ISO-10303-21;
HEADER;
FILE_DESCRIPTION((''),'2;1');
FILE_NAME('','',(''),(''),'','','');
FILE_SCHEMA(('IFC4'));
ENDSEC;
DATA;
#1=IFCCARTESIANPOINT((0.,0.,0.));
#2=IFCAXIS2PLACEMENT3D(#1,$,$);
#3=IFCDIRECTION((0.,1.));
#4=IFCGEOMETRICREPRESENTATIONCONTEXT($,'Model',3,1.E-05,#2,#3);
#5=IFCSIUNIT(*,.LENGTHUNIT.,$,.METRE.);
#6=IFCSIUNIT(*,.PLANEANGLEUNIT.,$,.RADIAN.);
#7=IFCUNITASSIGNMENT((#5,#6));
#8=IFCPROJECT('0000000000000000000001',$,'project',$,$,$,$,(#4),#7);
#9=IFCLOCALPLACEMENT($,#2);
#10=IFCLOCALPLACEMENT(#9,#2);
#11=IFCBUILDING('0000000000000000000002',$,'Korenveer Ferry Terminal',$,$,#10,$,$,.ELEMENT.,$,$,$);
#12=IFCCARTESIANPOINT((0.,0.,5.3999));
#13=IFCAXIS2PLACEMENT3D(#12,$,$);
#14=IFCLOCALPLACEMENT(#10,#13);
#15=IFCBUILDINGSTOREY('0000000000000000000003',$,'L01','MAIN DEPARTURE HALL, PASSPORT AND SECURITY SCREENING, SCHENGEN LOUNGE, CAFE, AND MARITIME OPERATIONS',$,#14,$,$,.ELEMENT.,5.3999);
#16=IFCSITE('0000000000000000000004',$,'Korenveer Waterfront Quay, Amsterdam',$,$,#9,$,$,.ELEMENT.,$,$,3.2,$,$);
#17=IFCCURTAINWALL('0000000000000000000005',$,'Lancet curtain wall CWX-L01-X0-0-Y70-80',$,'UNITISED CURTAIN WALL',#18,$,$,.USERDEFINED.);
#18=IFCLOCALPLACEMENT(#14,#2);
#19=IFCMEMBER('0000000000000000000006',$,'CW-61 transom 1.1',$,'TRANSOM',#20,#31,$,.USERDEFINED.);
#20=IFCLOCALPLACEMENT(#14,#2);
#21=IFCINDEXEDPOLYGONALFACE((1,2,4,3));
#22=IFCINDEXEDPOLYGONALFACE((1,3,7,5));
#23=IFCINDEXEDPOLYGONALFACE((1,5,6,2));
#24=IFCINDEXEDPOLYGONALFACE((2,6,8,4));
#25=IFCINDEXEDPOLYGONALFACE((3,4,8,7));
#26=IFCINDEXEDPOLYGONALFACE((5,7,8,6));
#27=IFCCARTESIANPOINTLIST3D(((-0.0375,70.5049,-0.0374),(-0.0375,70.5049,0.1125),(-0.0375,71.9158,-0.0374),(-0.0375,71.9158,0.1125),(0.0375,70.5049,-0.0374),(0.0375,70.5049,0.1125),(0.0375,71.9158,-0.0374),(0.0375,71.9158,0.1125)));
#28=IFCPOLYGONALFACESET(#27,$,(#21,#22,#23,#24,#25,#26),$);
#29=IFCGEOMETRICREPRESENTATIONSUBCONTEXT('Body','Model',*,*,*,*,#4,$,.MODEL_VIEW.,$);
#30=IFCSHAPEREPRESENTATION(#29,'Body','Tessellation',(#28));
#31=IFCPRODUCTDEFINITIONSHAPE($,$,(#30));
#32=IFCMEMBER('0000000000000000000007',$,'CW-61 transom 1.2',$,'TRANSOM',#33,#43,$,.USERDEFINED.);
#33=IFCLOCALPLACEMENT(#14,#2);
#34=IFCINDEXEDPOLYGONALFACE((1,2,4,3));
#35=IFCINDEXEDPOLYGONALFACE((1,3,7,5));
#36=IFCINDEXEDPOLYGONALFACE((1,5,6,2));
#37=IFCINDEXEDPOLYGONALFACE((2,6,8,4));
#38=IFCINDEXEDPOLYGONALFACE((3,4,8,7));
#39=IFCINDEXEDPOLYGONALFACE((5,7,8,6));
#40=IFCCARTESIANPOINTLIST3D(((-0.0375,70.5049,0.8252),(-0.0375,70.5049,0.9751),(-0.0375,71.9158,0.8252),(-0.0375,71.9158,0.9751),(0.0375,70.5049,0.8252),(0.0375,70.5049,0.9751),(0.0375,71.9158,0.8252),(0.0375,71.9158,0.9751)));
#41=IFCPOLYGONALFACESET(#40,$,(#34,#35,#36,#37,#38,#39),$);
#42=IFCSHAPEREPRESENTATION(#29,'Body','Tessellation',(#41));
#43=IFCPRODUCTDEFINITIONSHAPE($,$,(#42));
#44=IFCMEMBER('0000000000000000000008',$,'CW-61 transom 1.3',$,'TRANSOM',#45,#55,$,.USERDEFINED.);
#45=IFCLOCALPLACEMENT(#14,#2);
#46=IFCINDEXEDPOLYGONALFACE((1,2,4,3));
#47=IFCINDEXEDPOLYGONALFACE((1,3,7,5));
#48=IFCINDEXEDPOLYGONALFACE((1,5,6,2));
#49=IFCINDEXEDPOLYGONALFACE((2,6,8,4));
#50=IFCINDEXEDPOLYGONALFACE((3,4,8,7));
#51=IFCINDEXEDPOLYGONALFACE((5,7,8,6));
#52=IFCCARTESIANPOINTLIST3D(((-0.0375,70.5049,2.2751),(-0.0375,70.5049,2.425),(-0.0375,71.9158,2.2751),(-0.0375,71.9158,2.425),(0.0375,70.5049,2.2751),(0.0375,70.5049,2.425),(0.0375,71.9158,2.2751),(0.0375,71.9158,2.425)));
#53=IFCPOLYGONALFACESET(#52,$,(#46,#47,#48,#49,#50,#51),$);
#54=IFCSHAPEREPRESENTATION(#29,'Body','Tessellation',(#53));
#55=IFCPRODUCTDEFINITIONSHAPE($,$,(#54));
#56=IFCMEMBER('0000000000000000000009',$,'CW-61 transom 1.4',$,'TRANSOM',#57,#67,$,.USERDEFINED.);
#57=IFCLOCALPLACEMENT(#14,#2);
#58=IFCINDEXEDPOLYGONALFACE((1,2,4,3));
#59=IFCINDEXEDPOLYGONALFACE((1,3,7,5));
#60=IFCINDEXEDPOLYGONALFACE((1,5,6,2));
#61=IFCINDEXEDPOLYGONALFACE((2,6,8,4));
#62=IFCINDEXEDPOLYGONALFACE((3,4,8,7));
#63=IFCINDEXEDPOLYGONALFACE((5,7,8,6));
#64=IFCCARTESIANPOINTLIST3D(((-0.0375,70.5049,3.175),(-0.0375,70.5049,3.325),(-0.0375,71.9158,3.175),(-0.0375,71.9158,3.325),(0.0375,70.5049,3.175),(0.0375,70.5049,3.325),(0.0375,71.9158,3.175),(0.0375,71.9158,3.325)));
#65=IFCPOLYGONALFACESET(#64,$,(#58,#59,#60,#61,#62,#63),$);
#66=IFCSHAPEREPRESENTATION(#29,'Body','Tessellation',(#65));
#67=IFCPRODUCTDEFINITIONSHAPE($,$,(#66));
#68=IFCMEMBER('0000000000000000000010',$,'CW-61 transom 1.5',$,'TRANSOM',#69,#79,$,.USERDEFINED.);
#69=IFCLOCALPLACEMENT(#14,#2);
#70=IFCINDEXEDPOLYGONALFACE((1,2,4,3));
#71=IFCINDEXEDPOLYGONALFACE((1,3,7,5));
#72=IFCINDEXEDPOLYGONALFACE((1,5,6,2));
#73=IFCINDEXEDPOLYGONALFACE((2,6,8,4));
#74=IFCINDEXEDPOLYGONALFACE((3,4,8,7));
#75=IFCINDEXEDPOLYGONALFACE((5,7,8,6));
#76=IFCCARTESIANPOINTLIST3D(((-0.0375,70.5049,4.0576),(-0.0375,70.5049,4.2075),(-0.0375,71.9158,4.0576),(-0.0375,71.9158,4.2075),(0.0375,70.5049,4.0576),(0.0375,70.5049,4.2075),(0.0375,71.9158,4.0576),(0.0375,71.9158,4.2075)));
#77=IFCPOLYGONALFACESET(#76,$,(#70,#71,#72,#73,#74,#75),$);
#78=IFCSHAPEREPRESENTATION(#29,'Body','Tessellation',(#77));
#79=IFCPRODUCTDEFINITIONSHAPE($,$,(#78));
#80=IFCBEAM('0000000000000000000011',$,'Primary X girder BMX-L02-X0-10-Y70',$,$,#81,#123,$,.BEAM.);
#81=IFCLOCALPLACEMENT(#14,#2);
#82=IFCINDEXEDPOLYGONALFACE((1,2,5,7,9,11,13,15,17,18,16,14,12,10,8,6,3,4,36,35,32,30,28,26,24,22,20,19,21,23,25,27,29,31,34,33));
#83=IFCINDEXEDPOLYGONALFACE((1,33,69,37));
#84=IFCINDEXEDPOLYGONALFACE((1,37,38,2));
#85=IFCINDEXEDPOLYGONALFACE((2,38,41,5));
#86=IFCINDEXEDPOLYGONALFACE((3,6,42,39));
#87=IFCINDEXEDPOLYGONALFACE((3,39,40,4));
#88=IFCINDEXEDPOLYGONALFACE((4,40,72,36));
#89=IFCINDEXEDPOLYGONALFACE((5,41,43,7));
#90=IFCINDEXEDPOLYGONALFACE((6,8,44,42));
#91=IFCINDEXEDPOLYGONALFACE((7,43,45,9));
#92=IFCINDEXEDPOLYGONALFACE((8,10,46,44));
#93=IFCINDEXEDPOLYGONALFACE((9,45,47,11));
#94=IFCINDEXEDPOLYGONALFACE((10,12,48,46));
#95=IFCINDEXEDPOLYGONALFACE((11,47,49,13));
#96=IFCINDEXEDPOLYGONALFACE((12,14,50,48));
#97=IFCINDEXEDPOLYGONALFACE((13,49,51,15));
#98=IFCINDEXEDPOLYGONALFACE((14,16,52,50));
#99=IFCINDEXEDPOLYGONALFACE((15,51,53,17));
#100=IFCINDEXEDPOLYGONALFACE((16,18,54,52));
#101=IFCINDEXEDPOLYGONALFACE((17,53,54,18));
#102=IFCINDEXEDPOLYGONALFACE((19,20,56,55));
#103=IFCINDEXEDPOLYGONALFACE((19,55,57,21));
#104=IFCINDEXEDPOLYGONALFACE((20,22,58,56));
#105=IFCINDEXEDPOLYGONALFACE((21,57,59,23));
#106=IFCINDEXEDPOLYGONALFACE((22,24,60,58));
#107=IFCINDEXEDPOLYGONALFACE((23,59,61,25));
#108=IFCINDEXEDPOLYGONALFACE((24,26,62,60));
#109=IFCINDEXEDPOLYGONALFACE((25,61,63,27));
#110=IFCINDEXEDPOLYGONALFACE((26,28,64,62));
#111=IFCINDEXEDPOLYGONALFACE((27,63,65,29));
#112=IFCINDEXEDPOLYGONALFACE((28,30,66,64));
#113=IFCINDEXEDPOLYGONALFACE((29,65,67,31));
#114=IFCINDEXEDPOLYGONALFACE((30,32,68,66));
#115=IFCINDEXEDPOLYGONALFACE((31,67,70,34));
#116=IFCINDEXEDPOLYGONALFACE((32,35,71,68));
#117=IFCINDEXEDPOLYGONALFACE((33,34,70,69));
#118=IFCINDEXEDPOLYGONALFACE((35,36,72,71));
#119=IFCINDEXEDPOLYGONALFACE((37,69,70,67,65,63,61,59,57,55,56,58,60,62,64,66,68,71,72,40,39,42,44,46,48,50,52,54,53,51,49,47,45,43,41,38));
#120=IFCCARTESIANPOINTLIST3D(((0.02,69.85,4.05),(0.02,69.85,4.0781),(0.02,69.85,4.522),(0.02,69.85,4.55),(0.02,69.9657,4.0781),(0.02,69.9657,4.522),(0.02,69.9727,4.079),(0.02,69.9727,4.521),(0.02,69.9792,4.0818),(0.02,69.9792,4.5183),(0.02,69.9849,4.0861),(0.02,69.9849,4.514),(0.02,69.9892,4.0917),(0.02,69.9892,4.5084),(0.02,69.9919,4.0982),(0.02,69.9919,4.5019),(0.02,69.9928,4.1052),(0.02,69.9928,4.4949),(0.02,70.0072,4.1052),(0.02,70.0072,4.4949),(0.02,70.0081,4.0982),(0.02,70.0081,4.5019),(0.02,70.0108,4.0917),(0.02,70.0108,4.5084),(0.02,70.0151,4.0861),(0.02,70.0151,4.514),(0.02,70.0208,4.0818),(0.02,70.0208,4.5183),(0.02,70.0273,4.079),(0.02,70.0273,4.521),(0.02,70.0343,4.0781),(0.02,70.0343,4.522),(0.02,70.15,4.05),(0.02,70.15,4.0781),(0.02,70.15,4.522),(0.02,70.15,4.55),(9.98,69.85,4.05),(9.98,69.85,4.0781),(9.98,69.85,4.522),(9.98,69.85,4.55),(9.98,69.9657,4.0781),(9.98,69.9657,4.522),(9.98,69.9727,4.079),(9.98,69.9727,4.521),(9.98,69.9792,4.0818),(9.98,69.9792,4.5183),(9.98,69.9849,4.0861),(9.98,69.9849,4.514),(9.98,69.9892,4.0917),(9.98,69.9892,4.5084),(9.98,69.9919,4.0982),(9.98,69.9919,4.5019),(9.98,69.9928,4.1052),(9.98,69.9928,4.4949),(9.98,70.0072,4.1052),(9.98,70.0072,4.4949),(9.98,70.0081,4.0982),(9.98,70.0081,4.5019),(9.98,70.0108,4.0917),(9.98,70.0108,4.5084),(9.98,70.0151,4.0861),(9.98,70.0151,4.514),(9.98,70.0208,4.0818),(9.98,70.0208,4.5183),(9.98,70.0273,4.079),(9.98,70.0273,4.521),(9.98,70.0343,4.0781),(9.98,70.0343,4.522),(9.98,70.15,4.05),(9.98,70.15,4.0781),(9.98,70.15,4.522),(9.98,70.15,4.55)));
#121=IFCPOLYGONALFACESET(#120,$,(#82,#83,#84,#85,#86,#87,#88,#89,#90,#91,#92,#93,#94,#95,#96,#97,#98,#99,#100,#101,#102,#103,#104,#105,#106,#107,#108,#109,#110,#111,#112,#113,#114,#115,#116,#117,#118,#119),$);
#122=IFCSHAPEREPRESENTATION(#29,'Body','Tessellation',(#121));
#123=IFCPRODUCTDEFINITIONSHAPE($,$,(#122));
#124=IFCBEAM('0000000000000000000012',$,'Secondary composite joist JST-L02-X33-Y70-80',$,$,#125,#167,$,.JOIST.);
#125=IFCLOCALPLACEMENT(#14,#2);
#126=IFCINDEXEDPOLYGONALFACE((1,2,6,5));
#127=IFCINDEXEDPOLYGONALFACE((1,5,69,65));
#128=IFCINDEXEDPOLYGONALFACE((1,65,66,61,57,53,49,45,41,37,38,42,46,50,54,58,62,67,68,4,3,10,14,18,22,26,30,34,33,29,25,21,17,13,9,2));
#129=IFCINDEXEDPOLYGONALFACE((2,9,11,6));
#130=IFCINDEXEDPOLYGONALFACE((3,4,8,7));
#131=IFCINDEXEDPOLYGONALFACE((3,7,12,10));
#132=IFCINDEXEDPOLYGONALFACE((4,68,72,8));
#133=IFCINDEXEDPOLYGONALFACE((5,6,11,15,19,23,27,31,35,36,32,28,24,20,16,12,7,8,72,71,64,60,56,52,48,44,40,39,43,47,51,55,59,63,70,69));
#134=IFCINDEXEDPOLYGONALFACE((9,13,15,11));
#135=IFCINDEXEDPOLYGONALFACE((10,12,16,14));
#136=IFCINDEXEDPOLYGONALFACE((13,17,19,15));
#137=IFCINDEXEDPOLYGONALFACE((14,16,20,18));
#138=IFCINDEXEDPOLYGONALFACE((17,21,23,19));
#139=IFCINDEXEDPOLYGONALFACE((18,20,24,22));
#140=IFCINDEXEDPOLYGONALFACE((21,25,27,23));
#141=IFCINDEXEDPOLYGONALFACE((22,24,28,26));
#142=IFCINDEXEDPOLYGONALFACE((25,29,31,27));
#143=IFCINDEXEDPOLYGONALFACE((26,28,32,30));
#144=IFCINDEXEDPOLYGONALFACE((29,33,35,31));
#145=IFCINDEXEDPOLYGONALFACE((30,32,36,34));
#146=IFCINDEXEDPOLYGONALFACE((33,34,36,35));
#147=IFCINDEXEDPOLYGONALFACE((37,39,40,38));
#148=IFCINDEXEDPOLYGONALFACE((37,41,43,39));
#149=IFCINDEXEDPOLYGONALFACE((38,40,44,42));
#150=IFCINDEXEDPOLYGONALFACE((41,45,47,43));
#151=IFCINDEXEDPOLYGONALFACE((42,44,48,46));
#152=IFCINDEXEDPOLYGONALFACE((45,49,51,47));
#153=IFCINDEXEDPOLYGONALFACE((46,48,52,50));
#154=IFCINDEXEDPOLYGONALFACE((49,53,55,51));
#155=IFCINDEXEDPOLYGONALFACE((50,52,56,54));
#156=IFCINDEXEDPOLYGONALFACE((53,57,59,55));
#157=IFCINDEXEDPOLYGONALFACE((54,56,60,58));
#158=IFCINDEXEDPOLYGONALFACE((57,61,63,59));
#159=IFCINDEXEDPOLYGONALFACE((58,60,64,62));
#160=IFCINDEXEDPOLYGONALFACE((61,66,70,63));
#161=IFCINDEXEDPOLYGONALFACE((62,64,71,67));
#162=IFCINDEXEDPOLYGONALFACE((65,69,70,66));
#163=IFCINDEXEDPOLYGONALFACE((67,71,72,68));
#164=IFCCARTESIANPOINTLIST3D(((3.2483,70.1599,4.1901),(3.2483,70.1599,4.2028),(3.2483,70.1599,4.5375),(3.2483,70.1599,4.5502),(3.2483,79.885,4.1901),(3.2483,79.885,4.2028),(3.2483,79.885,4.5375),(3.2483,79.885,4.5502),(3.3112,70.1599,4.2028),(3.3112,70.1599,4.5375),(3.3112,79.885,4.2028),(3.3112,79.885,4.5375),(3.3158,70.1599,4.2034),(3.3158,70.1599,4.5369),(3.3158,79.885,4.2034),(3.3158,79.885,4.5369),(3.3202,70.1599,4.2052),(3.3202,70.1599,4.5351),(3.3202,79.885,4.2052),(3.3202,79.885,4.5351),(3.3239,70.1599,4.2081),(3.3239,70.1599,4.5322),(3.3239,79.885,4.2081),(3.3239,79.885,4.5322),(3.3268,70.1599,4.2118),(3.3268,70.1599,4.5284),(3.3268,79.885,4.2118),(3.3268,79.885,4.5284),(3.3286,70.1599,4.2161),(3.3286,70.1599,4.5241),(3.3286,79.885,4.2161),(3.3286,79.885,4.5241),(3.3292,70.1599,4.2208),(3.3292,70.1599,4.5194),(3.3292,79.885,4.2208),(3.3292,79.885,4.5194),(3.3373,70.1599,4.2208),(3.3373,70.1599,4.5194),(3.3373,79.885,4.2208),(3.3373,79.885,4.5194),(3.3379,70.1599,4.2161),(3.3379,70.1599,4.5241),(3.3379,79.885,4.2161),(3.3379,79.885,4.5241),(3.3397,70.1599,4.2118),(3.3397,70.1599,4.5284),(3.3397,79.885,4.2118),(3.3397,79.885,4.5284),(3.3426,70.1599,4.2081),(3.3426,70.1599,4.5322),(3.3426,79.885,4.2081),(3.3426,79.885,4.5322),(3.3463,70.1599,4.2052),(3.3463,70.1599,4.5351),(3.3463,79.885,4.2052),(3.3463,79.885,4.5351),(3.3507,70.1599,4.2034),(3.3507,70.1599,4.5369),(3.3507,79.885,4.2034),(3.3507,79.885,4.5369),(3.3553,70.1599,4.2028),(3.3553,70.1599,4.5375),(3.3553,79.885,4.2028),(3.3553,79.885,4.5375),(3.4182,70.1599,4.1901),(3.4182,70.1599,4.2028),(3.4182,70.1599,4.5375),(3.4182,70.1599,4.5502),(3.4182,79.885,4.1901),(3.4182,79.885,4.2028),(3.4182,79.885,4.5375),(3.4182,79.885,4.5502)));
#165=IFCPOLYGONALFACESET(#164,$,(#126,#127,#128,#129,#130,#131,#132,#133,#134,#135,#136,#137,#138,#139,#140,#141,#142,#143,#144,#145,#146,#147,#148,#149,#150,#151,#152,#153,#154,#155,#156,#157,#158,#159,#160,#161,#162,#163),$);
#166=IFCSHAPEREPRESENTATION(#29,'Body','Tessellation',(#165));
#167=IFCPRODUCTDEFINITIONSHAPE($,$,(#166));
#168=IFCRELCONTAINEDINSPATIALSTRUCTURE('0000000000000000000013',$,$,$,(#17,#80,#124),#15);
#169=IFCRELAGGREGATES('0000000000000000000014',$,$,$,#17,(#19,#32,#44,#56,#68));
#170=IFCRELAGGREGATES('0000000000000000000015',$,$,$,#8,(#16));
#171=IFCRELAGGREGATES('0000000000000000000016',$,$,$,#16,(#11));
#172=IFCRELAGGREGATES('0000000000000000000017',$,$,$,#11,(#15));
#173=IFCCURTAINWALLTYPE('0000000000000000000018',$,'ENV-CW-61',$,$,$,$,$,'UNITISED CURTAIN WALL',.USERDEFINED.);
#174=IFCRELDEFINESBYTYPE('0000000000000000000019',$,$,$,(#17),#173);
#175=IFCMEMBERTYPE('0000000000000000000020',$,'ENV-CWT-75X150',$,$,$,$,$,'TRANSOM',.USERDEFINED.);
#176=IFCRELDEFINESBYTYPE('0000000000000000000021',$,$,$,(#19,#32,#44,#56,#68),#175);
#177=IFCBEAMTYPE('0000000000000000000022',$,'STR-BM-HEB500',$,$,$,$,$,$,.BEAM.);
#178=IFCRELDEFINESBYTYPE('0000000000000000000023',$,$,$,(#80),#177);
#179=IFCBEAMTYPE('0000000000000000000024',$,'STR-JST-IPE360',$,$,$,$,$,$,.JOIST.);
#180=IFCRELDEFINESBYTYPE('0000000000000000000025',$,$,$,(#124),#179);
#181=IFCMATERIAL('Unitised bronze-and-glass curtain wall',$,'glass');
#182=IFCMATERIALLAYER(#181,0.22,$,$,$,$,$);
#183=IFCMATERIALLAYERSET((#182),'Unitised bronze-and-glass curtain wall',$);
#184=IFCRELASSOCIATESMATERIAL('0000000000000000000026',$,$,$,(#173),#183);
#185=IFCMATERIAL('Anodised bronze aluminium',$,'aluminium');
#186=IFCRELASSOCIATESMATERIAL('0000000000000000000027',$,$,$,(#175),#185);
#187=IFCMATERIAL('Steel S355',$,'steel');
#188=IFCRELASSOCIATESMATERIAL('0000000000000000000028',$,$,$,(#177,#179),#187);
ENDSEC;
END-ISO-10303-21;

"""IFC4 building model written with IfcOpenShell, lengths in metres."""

from ifc_helpers import new_model, si_unit, direction, frame, origin, origin_2d, place, context, subcontext, project, spatial, rectangle, i_section, extrude, material, layer, layer_set, material_profile, profile_set, type_object, element, aggregate, save


model = new_model("IFC4")

# Units and contexts
model_context = context("Model", 3, precision=1e-05, world=origin(), true_north=direction((0.0, 1.0)))
body_context = subcontext(model_context, "Body", "Model", "MODEL_VIEW")
ifc_project = project(units=[si_unit("LENGTHUNIT", "METRE"), si_unit("PLANEANGLEUNIT", "RADIAN")], contexts=[model_context])

# Site, building, storey
site_placement = place(None, origin())
site = spatial("IfcSite", under=ifc_project, at=site_placement, Name="Korenveer Waterfront Quay, Amsterdam", CompositionType="ELEMENT", RefElevation=3.2)
building_placement = place(site_placement, origin())
building = spatial("IfcBuilding", under=site, at=building_placement, Name="Korenveer Ferry Terminal", CompositionType="ELEMENT")
storey_placement = place(building_placement, frame((0.0, 0.0, 5.3999)))
storey = spatial("IfcBuildingStorey", under=building, at=storey_placement, Name="L01", Description="MAIN DEPARTURE HALL, PASSPORT AND SECURITY SCREENING, SCHENGEN LOUNGE, CAFE, AND MARITIME OPERATIONS", CompositionType="ELEMENT", Elevation=5.3999)

# Shared definitions
ifc_material_1 = material(Name="Steel S355", Category="steel")

# Curtain wall
ifc_material_2 = material(Name="Unitised bronze-and-glass curtain wall", Category="glass")
ifc_material_3 = material(Name="Anodised bronze aluminium", Category="aluminium")
ifc_layer_1 = layer(ifc_material_2, 0.22)
ifc_layer_set_1 = layer_set([ifc_layer_1], Name="Unitised bronze-and-glass curtain wall")
curtain_wall_type_1 = type_object("IfcCurtainWallType", Name="ENV-CW-61", ElementType="UNITISED CURTAIN WALL", PredefinedType="USERDEFINED", material=ifc_layer_set_1)
curtain_wall_1_placement = place(storey_placement, frame((0.0, 70.4299, 0.0)))
curtain_wall_1 = element("IfcCurtainWall", 1, at=curtain_wall_1_placement, inside=storey, type_object=curtain_wall_type_1, Name="Lancet curtain wall CWX-L01-X0-0-Y70-80", ObjectType="UNITISED CURTAIN WALL", PredefinedType="USERDEFINED")

# Members
ifc_material_profile_1 = material_profile(ifc_material_3, rectangle(XDim=0.075, YDim=0.1499, at=origin_2d()), Name="ALU 75x150")
ifc_profile_set_1 = profile_set([ifc_material_profile_1], Name="Anodised bronze aluminium")
member_type_1 = type_object("IfcMemberType", Name="ENV-CWT-75X150", ElementType="TRANSOM", PredefinedType="USERDEFINED", material=ifc_profile_set_1)
member_1_placement = place(storey_placement, frame((0.0, 70.5049, 0.0376), z_axis=(0.0, 1.0, 0.0), x_axis=(-1.0, 0.0, 0.0)))
member_1 = element("IfcMember", 2, at=member_1_placement, type_object=member_type_1, Name="CW-61 transom 1.1", ObjectType="TRANSOM", PredefinedType="USERDEFINED", context=body_context, shape_type="SweptSolid", body=[
    extrude(rectangle(XDim=0.075, YDim=0.1499, at=origin_2d()), origin(), (0.0, 0.0, 1.0), 1.4109),
])
member_2_placement = place(storey_placement, frame((0.0, 70.5049, 0.9001), z_axis=(0.0, 1.0, 0.0), x_axis=(-1.0, 0.0, 0.0)))
member_2 = element("IfcMember", 3, at=member_2_placement, type_object=member_type_1, Name="CW-61 transom 1.2", ObjectType="TRANSOM", PredefinedType="USERDEFINED", context=body_context, shape_type="SweptSolid", body=[
    extrude(rectangle(XDim=0.075, YDim=0.1499, at=origin_2d()), origin(), (0.0, 0.0, 1.0), 1.4109),
])
member_3_placement = place(storey_placement, frame((0.0, 70.5049, 2.3501), z_axis=(0.0, 1.0, 0.0), x_axis=(-1.0, 0.0, 0.0)))
member_3 = element("IfcMember", 4, at=member_3_placement, type_object=member_type_1, Name="CW-61 transom 1.3", ObjectType="TRANSOM", PredefinedType="USERDEFINED", context=body_context, shape_type="SweptSolid", body=[
    extrude(rectangle(XDim=0.075, YDim=0.1499, at=origin_2d()), origin(), (0.0, 0.0, 1.0), 1.4109),
])
member_4_placement = place(storey_placement, frame((0.0, 70.5049, 3.25), z_axis=(0.0, 1.0, 0.0), x_axis=(-1.0, 0.0, 0.0)))
member_4 = element("IfcMember", 5, at=member_4_placement, type_object=member_type_1, Name="CW-61 transom 1.4", ObjectType="TRANSOM", PredefinedType="USERDEFINED", context=body_context, shape_type="SweptSolid", body=[
    extrude(rectangle(XDim=0.075, YDim=0.1499, at=origin_2d()), origin(), (0.0, 0.0, 1.0), 1.4109),
])
member_5_placement = place(storey_placement, frame((0.0, 70.5049, 4.1326), z_axis=(0.0, 1.0, 0.0), x_axis=(-1.0, 0.0, 0.0)))
member_5 = element("IfcMember", 6, at=member_5_placement, type_object=member_type_1, Name="CW-61 transom 1.5", ObjectType="TRANSOM", PredefinedType="USERDEFINED", context=body_context, shape_type="SweptSolid", body=[
    extrude(rectangle(XDim=0.075, YDim=0.1499, at=origin_2d()), origin(), (0.0, 0.0, 1.0), 1.4109),
])

# Beams
ifc_material_profile_2 = material_profile(ifc_material_1, i_section(OverallWidth=0.3, OverallDepth=0.5, WebThickness=0.0144, FlangeThickness=0.0281, FilletRadius=0.0271, at=origin_2d()), Name="HEB 500")
ifc_profile_set_2 = profile_set([ifc_material_profile_2], Name="Steel S355")
beam_type_1 = type_object("IfcBeamType", Name="STR-BM-HEB500", PredefinedType="BEAM", material=ifc_profile_set_2)
beam_1_placement = place(storey_placement, frame((0.02, 70.0, 4.3), z_axis=(1.0, 0.0, 0.0), x_axis=(0.0, 1.0, 0.0)))
element("IfcBeam", 7, at=beam_1_placement, inside=storey, type_object=beam_type_1, Name="Primary X girder BMX-L02-X0-10-Y70", PredefinedType="BEAM", context=body_context, shape_type="SweptSolid", body=[
    extrude(i_section(OverallWidth=0.3, OverallDepth=0.5, WebThickness=0.0144, FlangeThickness=0.0281, FilletRadius=0.0271, at=origin_2d()), origin(), (0.0, 0.0, 1.0), 9.96),
])
ifc_material_profile_3 = material_profile(ifc_material_1, i_section(OverallWidth=0.1699, OverallDepth=0.3601, WebThickness=0.0081, FlangeThickness=0.0127, FilletRadius=0.0181, at=origin_2d()), Name="IPE 360")
ifc_profile_set_3 = profile_set([ifc_material_profile_3], Name="Steel S355")
beam_type_2 = type_object("IfcBeamType", Name="STR-JST-IPE360", PredefinedType="JOIST", material=ifc_profile_set_3)
for number, where, z_axis, x_axis, name in (
    (8, (3.3333, 70.1599, 4.3701), (0.0, 1.0, 0.0), (-1.0, 0.0, 0.0), "Secondary composite joist JST-L02-X33-Y70-80"),
):
    element("IfcBeam", number, at=place(storey_placement, frame(where, z_axis=z_axis, x_axis=x_axis)), inside=storey, type_object=beam_type_2, Name=name, PredefinedType="JOIST", context=body_context, shape_type="SweptSolid", body=[
        extrude(i_section(OverallWidth=0.1699, OverallDepth=0.3601, WebThickness=0.0081, FlangeThickness=0.0127, FilletRadius=0.0181, at=origin_2d()), origin(), (0.0, 0.0, 1.0), 9.7251),
    ])

aggregate(curtain_wall_1, [member_1, member_2, member_3, member_4, member_5])

save(model, "model.ifc")
